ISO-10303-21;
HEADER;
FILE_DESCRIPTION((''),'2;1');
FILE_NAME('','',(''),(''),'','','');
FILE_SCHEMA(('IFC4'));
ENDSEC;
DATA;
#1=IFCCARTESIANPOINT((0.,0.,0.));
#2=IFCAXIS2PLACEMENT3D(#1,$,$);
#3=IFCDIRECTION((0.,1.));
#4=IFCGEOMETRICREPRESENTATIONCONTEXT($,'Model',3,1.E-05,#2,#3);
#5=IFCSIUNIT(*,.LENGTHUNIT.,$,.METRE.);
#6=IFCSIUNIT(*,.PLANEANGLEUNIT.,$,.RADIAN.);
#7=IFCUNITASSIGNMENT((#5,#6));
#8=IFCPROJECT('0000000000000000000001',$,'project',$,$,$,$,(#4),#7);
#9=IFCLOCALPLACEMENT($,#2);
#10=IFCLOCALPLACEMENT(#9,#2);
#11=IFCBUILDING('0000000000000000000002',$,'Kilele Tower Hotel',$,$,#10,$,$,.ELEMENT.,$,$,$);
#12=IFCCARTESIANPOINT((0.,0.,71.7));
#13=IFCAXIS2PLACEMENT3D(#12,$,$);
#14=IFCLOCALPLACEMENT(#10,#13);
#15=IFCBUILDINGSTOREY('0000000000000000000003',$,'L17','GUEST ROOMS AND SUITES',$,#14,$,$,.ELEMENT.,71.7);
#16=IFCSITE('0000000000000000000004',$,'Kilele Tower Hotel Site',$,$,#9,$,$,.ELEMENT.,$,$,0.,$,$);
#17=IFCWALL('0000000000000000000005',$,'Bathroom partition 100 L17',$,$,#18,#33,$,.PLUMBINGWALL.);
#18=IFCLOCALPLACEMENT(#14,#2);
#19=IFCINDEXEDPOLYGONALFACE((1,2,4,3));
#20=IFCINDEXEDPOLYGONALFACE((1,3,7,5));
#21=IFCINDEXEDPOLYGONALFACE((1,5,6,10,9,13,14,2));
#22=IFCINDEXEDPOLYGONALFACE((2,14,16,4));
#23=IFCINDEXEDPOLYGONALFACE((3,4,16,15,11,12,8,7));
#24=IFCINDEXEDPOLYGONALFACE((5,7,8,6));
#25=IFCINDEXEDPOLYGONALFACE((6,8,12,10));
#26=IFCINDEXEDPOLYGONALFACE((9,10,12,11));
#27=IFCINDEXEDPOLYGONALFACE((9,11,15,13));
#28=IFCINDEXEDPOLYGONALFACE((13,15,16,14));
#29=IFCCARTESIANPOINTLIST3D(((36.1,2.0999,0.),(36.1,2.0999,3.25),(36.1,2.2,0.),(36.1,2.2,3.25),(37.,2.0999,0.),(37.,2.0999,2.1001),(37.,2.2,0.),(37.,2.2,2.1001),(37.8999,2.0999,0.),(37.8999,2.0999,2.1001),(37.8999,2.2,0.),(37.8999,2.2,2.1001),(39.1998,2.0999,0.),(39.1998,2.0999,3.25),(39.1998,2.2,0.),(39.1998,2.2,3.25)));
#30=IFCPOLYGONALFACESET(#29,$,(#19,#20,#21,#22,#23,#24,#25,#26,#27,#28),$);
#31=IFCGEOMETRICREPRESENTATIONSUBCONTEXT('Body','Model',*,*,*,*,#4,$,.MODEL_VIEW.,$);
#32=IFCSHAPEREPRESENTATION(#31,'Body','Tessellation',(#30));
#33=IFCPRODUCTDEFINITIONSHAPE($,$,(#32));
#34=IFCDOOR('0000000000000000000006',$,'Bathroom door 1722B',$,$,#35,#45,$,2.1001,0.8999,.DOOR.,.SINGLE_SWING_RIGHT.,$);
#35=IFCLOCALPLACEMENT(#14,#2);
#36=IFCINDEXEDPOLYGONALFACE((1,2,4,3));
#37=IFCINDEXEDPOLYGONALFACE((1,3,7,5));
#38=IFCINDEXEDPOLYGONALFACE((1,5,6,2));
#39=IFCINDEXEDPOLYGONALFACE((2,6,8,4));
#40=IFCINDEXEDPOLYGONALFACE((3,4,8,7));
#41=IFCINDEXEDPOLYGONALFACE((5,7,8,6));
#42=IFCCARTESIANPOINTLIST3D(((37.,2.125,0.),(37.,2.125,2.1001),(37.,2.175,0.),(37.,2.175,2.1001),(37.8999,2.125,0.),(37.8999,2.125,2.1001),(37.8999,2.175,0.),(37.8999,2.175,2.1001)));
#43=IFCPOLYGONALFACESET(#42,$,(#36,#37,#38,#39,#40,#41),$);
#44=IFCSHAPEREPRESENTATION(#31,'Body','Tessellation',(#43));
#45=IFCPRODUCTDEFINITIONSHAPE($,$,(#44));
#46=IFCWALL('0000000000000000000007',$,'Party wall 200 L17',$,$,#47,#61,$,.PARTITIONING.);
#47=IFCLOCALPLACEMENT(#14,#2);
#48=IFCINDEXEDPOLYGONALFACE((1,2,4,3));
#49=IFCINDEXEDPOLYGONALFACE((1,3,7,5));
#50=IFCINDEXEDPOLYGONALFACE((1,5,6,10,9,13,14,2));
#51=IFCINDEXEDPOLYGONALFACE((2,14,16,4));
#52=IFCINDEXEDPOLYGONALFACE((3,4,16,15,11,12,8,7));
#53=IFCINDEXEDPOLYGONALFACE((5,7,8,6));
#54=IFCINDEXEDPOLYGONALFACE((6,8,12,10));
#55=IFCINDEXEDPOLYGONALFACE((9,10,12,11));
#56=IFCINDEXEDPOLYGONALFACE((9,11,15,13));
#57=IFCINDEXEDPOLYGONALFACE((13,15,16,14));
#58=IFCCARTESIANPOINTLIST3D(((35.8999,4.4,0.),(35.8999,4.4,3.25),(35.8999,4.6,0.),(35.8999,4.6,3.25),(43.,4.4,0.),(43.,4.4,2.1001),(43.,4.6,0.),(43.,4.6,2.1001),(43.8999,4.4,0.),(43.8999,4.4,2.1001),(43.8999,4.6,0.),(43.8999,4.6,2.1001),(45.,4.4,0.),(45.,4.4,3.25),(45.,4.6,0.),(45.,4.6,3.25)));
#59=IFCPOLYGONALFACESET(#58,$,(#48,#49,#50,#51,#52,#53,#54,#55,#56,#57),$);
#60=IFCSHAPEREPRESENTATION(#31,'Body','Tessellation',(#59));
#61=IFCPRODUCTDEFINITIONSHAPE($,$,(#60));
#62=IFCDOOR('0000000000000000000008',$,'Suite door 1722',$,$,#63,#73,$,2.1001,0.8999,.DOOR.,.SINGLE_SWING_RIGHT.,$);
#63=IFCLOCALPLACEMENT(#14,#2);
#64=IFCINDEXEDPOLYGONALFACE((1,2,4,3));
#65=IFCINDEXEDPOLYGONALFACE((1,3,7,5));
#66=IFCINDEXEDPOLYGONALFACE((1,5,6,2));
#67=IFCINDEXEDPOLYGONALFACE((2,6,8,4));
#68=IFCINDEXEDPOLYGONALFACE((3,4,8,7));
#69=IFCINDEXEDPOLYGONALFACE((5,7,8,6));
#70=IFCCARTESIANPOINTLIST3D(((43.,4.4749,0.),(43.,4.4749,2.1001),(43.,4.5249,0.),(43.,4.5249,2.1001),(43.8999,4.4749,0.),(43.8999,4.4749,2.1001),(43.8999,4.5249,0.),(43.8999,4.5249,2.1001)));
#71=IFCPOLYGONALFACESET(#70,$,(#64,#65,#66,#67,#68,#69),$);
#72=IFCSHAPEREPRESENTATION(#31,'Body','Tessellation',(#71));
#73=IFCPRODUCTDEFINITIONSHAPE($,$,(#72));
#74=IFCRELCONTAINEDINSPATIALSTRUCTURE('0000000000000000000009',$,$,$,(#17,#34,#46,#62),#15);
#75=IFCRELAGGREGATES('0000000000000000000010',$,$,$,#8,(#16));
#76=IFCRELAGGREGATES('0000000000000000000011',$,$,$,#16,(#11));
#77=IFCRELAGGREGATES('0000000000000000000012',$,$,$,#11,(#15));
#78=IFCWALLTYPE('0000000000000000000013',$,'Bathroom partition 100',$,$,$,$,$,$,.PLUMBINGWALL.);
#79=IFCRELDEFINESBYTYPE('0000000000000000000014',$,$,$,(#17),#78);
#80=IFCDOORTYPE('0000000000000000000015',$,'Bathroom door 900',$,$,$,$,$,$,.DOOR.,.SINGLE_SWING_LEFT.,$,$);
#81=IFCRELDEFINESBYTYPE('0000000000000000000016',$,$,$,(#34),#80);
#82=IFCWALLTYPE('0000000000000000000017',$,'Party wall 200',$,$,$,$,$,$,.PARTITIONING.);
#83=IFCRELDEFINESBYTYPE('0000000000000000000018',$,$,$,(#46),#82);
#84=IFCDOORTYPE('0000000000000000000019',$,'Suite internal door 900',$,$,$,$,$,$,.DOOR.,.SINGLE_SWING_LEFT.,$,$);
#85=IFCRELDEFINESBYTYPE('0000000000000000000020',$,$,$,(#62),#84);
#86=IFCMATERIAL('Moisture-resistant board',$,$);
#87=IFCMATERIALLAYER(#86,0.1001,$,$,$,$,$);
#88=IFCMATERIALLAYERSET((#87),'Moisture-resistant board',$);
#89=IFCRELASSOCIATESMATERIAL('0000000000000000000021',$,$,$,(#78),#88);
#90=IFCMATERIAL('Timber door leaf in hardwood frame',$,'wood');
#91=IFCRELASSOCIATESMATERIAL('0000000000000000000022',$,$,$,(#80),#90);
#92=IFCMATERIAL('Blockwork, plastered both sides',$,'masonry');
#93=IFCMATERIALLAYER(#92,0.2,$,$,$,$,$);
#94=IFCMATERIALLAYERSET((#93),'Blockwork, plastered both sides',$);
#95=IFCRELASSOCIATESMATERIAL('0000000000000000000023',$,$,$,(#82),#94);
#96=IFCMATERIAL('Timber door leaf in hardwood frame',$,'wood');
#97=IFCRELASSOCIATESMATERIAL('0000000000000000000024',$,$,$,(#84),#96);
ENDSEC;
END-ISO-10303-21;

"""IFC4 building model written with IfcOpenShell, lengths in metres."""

from ifc_helpers import new_model, si_unit, direction, frame, frame_2d, origin, place, context, subcontext, project, spatial, rectangle, extrude, material, layer, layer_set, type_object, element, fill, save


model = new_model("IFC4")

# Units and contexts
model_context = context("Model", 3, precision=1e-05, world=origin(), true_north=direction((0.0, 1.0)))
body_context = subcontext(model_context, "Body", "Model", "MODEL_VIEW")
ifc_project = project(units=[si_unit("LENGTHUNIT", "METRE"), si_unit("PLANEANGLEUNIT", "RADIAN")], contexts=[model_context])

# Site, building, storey
site_placement = place(None, origin())
site = spatial("IfcSite", under=ifc_project, at=site_placement, Name="Kilele Tower Hotel Site", CompositionType="ELEMENT", RefElevation=0.0)
building_placement = place(site_placement, origin())
building = spatial("IfcBuilding", under=site, at=building_placement, Name="Kilele Tower Hotel", CompositionType="ELEMENT")
storey_placement = place(building_placement, frame((0.0, 0.0, 71.7)))
storey = spatial("IfcBuildingStorey", under=building, at=storey_placement, Name="L17", Description="GUEST ROOMS AND SUITES", CompositionType="ELEMENT", Elevation=71.7)

# Shared definitions
ifc_material_1 = material(Name="Moisture-resistant board")
ifc_layer_1 = layer(ifc_material_1, 0.1001)
ifc_layer_set_1 = layer_set([ifc_layer_1], Name="Moisture-resistant board")
wall_type_1 = type_object("IfcWallType", Name="Bathroom partition 100", PredefinedType="PLUMBINGWALL", material=ifc_layer_set_1)

# Walls, openings, doors
ifc_material_2 = material(Name="Timber door leaf in hardwood frame", Category="wood")
door_type_1 = type_object("IfcDoorType", Name="Bathroom door 900", OperationType="SINGLE_SWING_LEFT", PredefinedType="DOOR", material=ifc_material_2)
wall_1_placement = place(storey_placement, frame((36.1001, 2.1499, 0.0), z_axis=(0.0, 0.0, 1.0), x_axis=(1.0, 0.0, 0.0)))
wall_1 = element("IfcWall", 1, at=wall_1_placement, inside=storey, type_object=wall_type_1, Name="Bathroom partition 100 L17", PredefinedType="PLUMBINGWALL", context=body_context, shape_type="SweptSolid", body=[
    extrude(rectangle(XDim=3.0999, YDim=0.1001, at=frame_2d((1.5498, 0.0))), origin(), (0.0, 0.0, 1.0), 3.25),
])
opening_1_placement = place(wall_1_placement, frame((1.7998, 0.0, 0.0), z_axis=(0.0, 0.0, 1.0), x_axis=(-1.0, 0.0, 0.0)))
opening_1 = element("IfcOpeningElement", 2, at=opening_1_placement, cuts=wall_1, PredefinedType="OPENING", context=body_context, shape_type="SweptSolid", body=[
    extrude(rectangle(XDim=0.8999, YDim=2.1001, at=frame_2d((0.45, 1.05))), frame((0.0, 0.0601, 0.0), z_axis=(0.0, -1.0, 0.0), x_axis=(1.0, 0.0, 0.0)), (0.0, 0.0, 1.0), 0.1201),
])
door_1_placement = place(opening_1_placement, origin())
door_1 = element("IfcDoor", 3, at=door_1_placement, inside=storey, type_object=door_type_1, Name="Bathroom door 1722B", OperationType="SINGLE_SWING_RIGHT", OverallHeight=2.1001, OverallWidth=0.8999, PredefinedType="DOOR", context=body_context, shape_type="SweptSolid", body=[
    extrude(rectangle(XDim=0.8999, YDim=2.1001, at=frame_2d((0.45, 1.05))), frame((0.0, 0.0249, 0.0), z_axis=(0.0, -1.0, 0.0), x_axis=(1.0, 0.0, 0.0)), (0.0, 0.0, 1.0), 0.05),
])
fill(opening_1, door_1)
ifc_material_3 = material(Name="Blockwork, plastered both sides", Category="masonry")
ifc_layer_2 = layer(ifc_material_3, 0.2)
ifc_layer_set_2 = layer_set([ifc_layer_2], Name="Blockwork, plastered both sides")
wall_type_2 = type_object("IfcWallType", Name="Party wall 200", PredefinedType="PARTITIONING", material=ifc_layer_set_2)
wall_2_placement = place(storey_placement, frame((35.8999, 4.5, 0.0), z_axis=(0.0, 0.0, 1.0), x_axis=(1.0, 0.0, 0.0)))
wall_2 = element("IfcWall", 4, at=wall_2_placement, inside=storey, type_object=wall_type_2, Name="Party wall 200 L17", PredefinedType="PARTITIONING", context=body_context, shape_type="SweptSolid", body=[
    extrude(rectangle(XDim=9.1001, YDim=0.2, at=frame_2d((4.55, 0.0))), origin(), (0.0, 0.0, 1.0), 3.25),
])
opening_2_placement = place(wall_2_placement, frame((7.1001, 0.0, 0.0)))
opening_2 = element("IfcOpeningElement", 5, at=opening_2_placement, cuts=wall_2, PredefinedType="OPENING", context=body_context, shape_type="SweptSolid", body=[
    extrude(rectangle(XDim=0.8999, YDim=2.1001, at=frame_2d((0.45, 1.05))), frame((0.0, 0.1099, 0.0), z_axis=(0.0, -1.0, 0.0), x_axis=(1.0, 0.0, 0.0)), (0.0, 0.0, 1.0), 0.22),
])
ifc_material_4 = material(Name="Timber door leaf in hardwood frame", Category="wood")
door_type_2 = type_object("IfcDoorType", Name="Suite internal door 900", OperationType="SINGLE_SWING_LEFT", PredefinedType="DOOR", material=ifc_material_4)
door_2_placement = place(opening_2_placement, origin())
door_2 = element("IfcDoor", 6, at=door_2_placement, inside=storey, type_object=door_type_2, Name="Suite door 1722", OperationType="SINGLE_SWING_RIGHT", OverallHeight=2.1001, OverallWidth=0.8999, PredefinedType="DOOR", context=body_context, shape_type="SweptSolid", body=[
    extrude(rectangle(XDim=0.8999, YDim=2.1001, at=frame_2d((0.45, 1.05))), frame((0.0, 0.0249, 0.0), z_axis=(0.0, -1.0, 0.0), x_axis=(1.0, 0.0, 0.0)), (0.0, 0.0, 1.0), 0.05),
])
fill(opening_2, door_2)

save(model, "model.ifc")
